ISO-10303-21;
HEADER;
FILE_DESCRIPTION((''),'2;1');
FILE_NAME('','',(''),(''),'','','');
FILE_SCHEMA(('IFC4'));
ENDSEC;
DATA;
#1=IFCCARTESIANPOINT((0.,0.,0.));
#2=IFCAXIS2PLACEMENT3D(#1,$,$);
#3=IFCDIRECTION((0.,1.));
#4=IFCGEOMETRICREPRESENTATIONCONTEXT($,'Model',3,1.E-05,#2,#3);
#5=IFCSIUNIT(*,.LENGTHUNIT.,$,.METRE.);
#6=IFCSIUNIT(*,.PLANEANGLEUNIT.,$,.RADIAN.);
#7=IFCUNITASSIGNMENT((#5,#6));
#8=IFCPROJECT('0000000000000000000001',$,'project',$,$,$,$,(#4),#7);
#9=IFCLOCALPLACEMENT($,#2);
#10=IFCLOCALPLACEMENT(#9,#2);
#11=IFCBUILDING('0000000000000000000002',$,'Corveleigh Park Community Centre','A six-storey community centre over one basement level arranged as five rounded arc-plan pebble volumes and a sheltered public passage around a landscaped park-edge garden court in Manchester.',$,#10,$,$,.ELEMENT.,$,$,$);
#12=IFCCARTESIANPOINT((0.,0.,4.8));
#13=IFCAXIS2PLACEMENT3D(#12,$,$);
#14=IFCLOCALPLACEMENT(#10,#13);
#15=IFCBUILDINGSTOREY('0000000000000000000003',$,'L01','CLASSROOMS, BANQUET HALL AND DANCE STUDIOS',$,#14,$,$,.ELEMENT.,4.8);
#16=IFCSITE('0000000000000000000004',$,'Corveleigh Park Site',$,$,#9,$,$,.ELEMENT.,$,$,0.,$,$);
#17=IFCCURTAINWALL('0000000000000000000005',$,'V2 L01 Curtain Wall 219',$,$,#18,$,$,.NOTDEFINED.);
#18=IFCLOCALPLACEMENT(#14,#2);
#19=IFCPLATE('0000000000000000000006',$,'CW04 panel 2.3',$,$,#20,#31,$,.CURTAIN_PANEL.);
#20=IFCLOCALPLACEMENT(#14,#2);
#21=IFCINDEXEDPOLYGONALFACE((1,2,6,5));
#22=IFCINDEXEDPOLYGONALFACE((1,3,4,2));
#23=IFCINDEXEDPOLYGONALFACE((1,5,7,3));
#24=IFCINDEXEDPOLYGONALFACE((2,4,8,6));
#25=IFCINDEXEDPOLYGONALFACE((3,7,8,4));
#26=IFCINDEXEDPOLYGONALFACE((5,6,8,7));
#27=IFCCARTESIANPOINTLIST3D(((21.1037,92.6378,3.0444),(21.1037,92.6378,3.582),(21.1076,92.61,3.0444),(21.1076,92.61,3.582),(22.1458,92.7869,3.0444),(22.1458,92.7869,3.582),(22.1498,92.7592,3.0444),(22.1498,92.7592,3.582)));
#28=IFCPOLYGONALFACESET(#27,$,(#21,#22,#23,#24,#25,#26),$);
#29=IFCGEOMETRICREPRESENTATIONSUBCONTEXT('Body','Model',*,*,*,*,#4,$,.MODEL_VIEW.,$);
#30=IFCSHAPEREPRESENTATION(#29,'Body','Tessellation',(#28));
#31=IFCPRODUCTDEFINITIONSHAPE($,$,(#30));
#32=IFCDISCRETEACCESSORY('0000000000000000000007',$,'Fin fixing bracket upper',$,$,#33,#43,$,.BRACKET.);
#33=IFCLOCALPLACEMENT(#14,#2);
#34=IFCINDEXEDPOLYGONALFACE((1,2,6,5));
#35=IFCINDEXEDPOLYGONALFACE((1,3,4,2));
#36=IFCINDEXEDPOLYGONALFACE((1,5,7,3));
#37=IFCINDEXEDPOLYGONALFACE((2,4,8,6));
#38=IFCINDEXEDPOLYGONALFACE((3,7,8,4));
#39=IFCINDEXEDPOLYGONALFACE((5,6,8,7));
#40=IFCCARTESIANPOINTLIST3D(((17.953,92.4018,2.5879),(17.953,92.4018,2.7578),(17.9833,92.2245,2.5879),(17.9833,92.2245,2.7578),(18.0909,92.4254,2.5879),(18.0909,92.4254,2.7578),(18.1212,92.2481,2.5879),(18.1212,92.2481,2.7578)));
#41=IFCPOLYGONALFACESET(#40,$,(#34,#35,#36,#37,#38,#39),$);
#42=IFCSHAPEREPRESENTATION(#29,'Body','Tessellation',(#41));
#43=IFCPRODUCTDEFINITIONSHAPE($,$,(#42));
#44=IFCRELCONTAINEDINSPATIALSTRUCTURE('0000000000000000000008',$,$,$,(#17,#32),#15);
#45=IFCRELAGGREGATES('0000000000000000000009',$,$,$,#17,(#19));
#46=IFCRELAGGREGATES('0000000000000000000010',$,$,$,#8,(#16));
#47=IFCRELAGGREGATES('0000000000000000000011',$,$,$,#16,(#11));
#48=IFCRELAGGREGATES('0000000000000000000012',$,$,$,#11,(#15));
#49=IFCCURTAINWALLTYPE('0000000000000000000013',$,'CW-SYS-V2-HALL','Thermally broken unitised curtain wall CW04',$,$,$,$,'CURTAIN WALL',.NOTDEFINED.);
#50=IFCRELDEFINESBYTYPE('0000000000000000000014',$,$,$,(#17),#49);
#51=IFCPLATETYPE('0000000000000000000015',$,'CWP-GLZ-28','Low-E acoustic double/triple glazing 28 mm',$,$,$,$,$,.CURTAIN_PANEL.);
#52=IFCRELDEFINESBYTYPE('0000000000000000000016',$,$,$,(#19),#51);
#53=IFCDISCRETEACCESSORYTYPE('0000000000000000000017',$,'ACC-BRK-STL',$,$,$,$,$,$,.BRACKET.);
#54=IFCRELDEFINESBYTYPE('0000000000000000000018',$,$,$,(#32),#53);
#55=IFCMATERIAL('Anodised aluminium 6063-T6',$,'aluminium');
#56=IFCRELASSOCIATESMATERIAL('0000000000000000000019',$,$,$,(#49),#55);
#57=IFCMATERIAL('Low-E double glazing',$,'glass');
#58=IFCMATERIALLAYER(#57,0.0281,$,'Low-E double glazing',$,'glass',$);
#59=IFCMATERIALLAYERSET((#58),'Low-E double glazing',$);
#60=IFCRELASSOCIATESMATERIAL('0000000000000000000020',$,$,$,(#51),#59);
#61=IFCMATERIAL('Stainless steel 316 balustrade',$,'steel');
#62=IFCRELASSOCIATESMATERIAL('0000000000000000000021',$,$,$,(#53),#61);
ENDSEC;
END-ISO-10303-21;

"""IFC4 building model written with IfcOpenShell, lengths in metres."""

from ifc_helpers import new_model, si_unit, direction, frame, origin, origin_2d, place, context, subcontext, project, spatial, rectangle, extrude, material, layer, layer_set, type_object, element, aggregate, save


model = new_model("IFC4")

# Units and contexts
model_context = context("Model", 3, precision=1e-05, world=origin(), true_north=direction((0.0, 1.0)))
body_context = subcontext(model_context, "Body", "Model", "MODEL_VIEW")
ifc_project = project(units=[si_unit("LENGTHUNIT", "METRE"), si_unit("PLANEANGLEUNIT", "RADIAN")], contexts=[model_context])

# Site, building, storey
site_placement = place(None, origin())
site = spatial("IfcSite", under=ifc_project, at=site_placement, Name="Corveleigh Park Site", CompositionType="ELEMENT", RefElevation=0.0)
building_placement = place(site_placement, origin())
building = spatial("IfcBuilding", under=site, at=building_placement, Name="Corveleigh Park Community Centre", Description="A six-storey community centre over one basement level arranged as five rounded arc-plan pebble volumes and a sheltered public passage around a landscaped park-edge garden court in Manchester.", CompositionType="ELEMENT")
storey_placement = place(building_placement, frame((0.0, 0.0, 4.8)))
storey = spatial("IfcBuildingStorey", under=building, at=storey_placement, Name="L01", Description="CLASSROOMS, BANQUET HALL AND DANCE STUDIOS", CompositionType="ELEMENT", Elevation=4.8)

# Curtain wall
ifc_material_1 = material(Name="Anodised aluminium 6063-T6", Category="aluminium")
curtain_wall_type = type_object("IfcCurtainWallType", Name="CW-SYS-V2-HALL", Description="Thermally broken unitised curtain wall CW04", ElementType="CURTAIN WALL", PredefinedType="NOTDEFINED", material=ifc_material_1)
curtain_wall_1_placement = place(storey_placement, origin())
curtain_wall_1 = element("IfcCurtainWall", 1, at=curtain_wall_1_placement, inside=storey, type_object=curtain_wall_type, Name="V2 L01 Curtain Wall 219", PredefinedType="NOTDEFINED")

# Plate
ifc_material_2 = material(Name="Low-E double glazing", Category="glass")
ifc_layer_1 = layer(ifc_material_2, 0.0281, Name="Low-E double glazing", Category="glass")
ifc_layer_set_1 = layer_set([ifc_layer_1], Name="Low-E double glazing")
plate_type_1 = type_object("IfcPlateType", Name="CWP-GLZ-28", Description="Low-E acoustic double/triple glazing 28 mm", PredefinedType="CURTAIN_PANEL", material=ifc_layer_set_1)
plate_1_placement = place(storey_placement, frame((21.6267, 92.6985, 3.0444), z_axis=(0.0, 0.0, 1.0), x_axis=(0.989915, 0.141663, 0.0)))
plate_1 = element("IfcPlate", 2, at=plate_1_placement, type_object=plate_type_1, Name="CW04 panel 2.3", PredefinedType="CURTAIN_PANEL", context=body_context, shape_type="SweptSolid", body=[
    extrude(rectangle(XDim=1.0527, YDim=0.0281, at=origin_2d()), origin(), (0.0, 0.0, 1.0), 0.5376),
])
aggregate(curtain_wall_1, [plate_1])

# Discrete accessory
ifc_material_3 = material(Name="Stainless steel 316 balustrade", Category="steel")
discrete_accessory_type = type_object("IfcDiscreteAccessoryType", Name="ACC-BRK-STL", PredefinedType="BRACKET", material=ifc_material_3)
discrete_accessory_placement = place(storey_placement, frame((18.0371, 92.325, 2.5879), z_axis=(0.0, 0.0, 1.0), x_axis=(-0.16846, 0.985708, 0.0)))
element("IfcDiscreteAccessory", 3, at=discrete_accessory_placement, inside=storey, type_object=discrete_accessory_type, Name="Fin fixing bracket upper", PredefinedType="BRACKET", context=body_context, shape_type="SweptSolid", body=[
    extrude(rectangle(XDim=0.1799, YDim=0.1399, at=origin_2d()), origin(), (0.0, 0.0, 1.0), 0.1699),
])

save(model, "model.ifc")
